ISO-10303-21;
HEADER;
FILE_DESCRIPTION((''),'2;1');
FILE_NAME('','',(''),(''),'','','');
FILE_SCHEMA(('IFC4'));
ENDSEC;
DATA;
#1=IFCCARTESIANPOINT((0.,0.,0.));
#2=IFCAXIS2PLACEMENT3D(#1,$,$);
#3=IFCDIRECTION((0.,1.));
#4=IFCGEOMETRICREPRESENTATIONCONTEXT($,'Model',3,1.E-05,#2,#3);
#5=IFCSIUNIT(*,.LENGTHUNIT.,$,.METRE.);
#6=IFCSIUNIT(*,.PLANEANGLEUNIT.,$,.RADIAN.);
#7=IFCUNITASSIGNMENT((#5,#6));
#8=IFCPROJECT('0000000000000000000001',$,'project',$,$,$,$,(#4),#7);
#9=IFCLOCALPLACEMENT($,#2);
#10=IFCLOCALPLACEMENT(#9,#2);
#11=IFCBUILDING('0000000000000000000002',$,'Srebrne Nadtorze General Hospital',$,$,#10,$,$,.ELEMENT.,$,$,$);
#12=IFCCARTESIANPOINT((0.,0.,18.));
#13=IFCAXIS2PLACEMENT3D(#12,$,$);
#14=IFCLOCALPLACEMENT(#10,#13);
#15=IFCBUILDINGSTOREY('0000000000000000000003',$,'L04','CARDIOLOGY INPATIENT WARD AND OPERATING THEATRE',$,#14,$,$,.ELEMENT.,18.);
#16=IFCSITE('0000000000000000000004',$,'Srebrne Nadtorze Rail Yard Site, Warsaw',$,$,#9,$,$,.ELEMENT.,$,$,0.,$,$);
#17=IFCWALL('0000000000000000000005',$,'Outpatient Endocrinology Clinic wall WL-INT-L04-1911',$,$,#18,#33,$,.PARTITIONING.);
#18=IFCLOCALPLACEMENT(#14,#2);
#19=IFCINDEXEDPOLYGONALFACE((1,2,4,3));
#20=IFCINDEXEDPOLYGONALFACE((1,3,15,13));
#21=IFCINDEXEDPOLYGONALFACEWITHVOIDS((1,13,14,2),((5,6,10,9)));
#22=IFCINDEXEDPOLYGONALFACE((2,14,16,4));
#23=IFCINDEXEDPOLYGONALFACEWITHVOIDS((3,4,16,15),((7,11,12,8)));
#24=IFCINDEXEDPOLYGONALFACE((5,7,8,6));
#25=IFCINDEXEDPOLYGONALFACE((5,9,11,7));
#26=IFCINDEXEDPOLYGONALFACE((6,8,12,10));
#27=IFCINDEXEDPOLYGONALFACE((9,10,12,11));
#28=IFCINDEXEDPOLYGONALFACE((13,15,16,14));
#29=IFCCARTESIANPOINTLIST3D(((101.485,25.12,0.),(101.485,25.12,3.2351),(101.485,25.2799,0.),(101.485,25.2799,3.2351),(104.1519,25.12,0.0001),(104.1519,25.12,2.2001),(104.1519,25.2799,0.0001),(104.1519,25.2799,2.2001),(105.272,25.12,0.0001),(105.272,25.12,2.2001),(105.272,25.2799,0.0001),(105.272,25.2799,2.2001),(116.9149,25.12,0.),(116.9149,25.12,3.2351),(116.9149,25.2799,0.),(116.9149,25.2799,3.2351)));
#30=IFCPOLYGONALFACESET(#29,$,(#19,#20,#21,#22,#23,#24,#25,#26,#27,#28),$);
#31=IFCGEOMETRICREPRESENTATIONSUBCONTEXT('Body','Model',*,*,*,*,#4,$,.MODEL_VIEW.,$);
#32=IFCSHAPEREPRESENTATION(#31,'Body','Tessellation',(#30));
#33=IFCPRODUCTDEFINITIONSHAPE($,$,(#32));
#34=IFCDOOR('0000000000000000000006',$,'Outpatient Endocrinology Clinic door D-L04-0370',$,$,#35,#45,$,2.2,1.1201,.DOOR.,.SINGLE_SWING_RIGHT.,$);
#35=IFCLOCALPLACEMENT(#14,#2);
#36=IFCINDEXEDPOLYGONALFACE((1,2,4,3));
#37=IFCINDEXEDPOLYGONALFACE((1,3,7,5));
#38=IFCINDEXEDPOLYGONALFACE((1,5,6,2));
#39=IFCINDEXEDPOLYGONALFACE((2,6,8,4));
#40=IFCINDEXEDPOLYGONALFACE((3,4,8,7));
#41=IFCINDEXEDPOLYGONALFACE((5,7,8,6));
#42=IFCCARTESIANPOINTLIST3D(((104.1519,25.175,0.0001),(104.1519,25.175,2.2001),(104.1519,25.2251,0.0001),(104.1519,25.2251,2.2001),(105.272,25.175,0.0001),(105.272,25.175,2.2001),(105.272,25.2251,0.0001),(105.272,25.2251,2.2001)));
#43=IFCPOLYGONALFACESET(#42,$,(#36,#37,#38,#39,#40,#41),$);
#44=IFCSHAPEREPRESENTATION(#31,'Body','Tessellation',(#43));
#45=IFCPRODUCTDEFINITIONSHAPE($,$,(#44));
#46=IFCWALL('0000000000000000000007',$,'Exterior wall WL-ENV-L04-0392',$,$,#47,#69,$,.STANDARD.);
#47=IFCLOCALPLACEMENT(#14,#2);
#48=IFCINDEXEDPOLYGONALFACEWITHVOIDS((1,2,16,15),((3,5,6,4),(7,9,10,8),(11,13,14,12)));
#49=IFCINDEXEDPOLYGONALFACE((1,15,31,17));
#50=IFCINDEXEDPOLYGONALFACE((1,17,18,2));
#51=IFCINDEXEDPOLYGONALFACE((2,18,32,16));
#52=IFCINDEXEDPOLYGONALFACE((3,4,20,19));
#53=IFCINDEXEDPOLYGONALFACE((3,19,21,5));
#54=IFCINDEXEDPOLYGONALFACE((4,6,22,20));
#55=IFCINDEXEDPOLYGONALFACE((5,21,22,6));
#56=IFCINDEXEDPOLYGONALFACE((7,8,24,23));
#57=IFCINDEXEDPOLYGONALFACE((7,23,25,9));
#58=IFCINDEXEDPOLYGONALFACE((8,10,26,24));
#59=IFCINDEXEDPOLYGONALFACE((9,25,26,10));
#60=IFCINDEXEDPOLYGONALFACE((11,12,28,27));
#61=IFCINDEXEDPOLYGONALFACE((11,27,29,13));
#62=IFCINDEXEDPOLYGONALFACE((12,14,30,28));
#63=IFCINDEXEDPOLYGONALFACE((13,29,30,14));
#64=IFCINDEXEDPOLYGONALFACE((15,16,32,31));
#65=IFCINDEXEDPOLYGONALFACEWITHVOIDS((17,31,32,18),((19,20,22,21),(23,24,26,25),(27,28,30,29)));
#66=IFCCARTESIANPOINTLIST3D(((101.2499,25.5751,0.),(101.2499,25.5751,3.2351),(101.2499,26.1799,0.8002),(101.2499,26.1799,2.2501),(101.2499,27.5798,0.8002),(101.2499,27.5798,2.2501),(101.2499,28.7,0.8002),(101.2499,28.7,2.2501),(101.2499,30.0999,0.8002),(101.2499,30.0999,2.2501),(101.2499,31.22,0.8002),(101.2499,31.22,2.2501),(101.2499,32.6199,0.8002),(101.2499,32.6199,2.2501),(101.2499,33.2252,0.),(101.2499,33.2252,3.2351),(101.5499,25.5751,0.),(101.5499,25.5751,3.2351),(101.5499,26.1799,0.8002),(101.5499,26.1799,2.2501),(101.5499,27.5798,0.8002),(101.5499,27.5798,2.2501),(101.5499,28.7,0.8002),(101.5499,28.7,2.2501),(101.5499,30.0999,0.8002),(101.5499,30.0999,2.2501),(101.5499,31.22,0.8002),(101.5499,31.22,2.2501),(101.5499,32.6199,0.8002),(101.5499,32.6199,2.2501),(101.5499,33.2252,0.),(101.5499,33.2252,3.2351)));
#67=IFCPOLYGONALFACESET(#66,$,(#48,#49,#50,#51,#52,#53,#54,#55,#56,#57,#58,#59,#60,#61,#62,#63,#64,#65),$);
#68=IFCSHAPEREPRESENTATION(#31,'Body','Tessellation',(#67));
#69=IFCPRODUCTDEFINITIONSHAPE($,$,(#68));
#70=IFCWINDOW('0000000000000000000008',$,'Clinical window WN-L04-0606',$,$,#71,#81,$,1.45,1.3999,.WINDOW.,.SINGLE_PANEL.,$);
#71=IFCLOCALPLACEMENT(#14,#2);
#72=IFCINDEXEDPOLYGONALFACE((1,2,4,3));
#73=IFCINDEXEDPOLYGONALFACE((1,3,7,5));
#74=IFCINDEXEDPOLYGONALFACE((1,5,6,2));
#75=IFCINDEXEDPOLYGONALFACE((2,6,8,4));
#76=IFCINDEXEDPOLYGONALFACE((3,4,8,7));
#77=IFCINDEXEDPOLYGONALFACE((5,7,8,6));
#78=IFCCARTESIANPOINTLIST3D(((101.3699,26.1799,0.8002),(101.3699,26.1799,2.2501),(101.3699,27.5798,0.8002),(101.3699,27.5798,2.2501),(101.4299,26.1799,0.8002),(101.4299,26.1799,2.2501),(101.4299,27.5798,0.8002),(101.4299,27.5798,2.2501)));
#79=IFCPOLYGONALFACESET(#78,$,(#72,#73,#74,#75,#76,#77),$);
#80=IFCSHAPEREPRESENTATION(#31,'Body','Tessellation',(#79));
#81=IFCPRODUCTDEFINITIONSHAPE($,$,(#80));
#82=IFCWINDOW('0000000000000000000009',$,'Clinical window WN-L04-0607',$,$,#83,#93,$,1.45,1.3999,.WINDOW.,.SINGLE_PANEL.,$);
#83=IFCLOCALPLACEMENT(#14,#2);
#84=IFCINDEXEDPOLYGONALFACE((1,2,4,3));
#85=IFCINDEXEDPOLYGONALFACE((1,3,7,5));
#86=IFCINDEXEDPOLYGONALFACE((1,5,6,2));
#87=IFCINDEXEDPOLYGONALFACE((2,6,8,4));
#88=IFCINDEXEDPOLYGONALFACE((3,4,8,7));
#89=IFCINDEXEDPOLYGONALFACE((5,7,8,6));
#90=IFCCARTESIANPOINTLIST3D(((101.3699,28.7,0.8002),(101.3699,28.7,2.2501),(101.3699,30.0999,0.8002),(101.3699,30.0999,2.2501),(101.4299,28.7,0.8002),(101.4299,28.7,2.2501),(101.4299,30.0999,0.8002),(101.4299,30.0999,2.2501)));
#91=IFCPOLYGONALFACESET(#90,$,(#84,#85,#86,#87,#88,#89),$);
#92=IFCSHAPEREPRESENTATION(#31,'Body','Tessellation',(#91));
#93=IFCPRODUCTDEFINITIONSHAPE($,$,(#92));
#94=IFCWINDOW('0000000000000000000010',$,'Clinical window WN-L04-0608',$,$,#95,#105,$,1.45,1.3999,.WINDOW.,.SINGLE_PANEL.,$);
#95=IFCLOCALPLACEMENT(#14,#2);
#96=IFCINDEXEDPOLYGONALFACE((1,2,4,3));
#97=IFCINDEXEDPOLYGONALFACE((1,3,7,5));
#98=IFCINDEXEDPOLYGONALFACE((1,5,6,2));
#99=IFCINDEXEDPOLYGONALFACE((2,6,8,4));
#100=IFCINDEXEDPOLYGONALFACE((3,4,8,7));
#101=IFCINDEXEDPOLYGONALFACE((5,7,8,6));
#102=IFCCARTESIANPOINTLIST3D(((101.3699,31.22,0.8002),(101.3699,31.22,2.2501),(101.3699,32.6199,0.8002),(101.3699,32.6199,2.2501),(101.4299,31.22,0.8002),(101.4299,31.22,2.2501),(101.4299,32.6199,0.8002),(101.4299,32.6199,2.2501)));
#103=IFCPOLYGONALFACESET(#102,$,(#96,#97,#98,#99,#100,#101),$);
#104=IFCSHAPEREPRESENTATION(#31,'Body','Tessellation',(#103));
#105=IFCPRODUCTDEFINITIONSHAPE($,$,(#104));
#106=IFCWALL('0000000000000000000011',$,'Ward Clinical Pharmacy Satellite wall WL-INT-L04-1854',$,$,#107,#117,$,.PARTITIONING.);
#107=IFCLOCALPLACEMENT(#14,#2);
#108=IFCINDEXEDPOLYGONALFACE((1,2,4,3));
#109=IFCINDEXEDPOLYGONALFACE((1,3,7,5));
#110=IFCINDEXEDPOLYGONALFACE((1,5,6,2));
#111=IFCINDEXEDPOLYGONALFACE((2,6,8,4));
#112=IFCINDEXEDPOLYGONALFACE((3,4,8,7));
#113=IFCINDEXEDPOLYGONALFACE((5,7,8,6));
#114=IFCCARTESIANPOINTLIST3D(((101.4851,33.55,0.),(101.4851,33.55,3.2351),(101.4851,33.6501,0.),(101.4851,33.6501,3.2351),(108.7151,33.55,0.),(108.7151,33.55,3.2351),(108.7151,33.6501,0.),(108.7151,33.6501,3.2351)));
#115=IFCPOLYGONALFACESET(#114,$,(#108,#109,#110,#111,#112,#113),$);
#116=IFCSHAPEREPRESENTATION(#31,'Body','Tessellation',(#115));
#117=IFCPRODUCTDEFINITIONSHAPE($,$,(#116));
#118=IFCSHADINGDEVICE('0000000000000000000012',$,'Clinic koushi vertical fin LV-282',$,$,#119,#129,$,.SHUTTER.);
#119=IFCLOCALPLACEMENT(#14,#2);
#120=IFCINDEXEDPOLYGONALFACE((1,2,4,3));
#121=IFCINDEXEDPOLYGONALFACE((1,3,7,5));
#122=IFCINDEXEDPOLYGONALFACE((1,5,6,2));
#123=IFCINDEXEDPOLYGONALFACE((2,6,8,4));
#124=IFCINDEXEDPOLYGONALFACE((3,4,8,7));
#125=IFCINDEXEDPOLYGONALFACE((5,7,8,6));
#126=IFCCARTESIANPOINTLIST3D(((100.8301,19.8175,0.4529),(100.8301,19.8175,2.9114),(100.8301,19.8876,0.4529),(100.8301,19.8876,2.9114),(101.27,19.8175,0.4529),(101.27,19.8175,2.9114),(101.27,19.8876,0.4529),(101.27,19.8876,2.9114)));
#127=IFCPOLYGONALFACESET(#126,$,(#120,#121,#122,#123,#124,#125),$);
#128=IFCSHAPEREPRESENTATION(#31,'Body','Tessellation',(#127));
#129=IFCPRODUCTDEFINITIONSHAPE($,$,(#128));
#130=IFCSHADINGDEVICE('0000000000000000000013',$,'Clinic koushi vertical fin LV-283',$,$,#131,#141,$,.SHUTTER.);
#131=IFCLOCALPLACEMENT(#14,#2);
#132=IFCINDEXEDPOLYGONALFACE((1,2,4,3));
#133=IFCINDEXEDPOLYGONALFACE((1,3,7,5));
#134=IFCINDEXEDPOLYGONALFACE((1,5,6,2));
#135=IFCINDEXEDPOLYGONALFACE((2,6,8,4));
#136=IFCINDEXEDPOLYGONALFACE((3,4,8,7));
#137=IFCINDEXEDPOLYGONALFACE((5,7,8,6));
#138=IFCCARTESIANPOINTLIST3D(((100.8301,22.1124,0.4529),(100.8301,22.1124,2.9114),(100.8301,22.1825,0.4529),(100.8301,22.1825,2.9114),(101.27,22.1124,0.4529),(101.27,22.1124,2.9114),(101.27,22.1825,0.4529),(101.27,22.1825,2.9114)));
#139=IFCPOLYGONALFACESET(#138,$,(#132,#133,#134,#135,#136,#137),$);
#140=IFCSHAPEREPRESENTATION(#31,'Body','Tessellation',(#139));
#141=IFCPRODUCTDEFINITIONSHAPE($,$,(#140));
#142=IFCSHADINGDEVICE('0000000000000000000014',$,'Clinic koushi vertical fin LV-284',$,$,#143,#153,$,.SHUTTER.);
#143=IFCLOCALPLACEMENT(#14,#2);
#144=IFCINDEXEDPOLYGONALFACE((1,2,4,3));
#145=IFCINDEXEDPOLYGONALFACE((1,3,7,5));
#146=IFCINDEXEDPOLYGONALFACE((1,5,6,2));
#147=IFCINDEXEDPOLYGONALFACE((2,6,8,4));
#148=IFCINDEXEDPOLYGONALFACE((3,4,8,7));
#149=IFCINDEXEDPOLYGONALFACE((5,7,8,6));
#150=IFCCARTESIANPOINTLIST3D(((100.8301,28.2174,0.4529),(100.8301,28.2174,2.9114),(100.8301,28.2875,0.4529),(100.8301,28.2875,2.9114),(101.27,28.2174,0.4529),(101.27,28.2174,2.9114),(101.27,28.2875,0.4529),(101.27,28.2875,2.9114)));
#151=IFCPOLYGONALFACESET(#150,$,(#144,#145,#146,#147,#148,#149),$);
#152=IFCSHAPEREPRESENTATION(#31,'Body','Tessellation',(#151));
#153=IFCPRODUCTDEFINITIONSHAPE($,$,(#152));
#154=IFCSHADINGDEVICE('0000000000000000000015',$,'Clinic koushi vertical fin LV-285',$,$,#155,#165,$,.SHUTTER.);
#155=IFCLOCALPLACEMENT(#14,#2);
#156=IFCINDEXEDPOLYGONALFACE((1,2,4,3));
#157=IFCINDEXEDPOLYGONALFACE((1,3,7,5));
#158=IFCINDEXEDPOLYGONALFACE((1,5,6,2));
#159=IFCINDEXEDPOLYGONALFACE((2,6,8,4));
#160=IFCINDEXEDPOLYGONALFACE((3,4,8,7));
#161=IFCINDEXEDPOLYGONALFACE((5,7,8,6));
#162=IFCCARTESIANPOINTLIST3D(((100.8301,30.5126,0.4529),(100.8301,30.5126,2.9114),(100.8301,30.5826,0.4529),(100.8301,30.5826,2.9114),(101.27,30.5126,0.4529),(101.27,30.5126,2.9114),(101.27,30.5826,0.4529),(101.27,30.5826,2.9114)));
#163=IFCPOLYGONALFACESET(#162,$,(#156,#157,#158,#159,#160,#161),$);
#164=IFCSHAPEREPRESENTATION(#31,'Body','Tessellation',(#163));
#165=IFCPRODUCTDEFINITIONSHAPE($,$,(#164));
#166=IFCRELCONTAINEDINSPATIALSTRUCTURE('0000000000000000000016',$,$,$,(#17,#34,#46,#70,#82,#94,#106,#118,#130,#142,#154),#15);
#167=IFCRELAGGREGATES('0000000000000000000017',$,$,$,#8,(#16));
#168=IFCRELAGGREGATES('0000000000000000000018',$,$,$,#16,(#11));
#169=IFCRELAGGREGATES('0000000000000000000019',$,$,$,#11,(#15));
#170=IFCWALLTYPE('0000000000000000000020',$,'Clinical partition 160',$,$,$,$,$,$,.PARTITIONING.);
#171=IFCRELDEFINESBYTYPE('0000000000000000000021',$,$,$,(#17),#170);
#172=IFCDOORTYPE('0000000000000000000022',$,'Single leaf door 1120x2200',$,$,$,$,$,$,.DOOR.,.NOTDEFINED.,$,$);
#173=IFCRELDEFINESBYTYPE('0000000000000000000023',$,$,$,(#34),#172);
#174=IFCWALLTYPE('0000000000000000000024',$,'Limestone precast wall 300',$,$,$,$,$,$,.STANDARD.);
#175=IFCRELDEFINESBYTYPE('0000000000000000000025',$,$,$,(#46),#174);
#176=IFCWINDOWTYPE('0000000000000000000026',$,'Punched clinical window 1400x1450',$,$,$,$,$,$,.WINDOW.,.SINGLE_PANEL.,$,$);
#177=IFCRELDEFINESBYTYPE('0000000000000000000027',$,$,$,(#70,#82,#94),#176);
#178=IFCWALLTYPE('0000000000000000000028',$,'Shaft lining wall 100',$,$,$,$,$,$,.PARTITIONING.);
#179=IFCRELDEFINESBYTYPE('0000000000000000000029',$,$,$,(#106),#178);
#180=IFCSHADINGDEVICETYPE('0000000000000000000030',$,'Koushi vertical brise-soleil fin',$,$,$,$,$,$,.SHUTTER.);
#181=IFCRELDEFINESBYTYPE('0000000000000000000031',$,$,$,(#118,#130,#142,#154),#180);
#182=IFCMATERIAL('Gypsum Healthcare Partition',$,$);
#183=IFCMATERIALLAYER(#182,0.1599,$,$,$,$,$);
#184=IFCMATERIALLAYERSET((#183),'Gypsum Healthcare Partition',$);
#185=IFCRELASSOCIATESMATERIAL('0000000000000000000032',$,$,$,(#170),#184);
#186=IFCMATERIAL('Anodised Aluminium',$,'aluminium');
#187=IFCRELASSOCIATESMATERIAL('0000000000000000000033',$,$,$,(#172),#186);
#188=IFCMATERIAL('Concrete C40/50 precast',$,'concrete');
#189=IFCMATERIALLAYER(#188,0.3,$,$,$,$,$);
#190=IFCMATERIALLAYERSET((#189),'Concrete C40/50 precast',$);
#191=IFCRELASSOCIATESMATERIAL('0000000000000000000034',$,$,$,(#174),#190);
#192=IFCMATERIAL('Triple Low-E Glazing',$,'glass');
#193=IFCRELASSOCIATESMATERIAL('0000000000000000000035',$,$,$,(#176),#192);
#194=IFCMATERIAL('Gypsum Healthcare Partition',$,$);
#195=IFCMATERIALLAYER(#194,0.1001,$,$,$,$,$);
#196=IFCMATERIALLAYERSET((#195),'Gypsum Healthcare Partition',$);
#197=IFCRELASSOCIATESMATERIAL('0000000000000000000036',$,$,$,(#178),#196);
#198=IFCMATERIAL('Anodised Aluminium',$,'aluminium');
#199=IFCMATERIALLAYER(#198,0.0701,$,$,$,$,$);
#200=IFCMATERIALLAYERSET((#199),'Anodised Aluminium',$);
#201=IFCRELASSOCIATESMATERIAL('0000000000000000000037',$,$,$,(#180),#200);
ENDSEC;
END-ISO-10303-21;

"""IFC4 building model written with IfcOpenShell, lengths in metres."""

from ifc_helpers import new_model, si_unit, direction, frame, frame_2d, origin, origin_2d, place, context, subcontext, project, spatial, rectangle, extrude, material, layer, layer_set, type_object, element, fill, save


model = new_model("IFC4")

# Units and contexts
model_context = context("Model", 3, precision=1e-05, world=origin(), true_north=direction((0.0, 1.0)))
body_context = subcontext(model_context, "Body", "Model", "MODEL_VIEW")
ifc_project = project(units=[si_unit("LENGTHUNIT", "METRE"), si_unit("PLANEANGLEUNIT", "RADIAN")], contexts=[model_context])

# Site, building, storey
site_placement = place(None, origin())
site = spatial("IfcSite", under=ifc_project, at=site_placement, Name="Srebrne Nadtorze Rail Yard Site, Warsaw", CompositionType="ELEMENT", RefElevation=0.0)
building_placement = place(site_placement, origin())
building = spatial("IfcBuilding", under=site, at=building_placement, Name="Srebrne Nadtorze General Hospital", CompositionType="ELEMENT")
storey_placement = place(building_placement, frame((0.0, 0.0, 18.0)))
storey = spatial("IfcBuildingStorey", under=building, at=storey_placement, Name="L04", Description="CARDIOLOGY INPATIENT WARD AND OPERATING THEATRE", CompositionType="ELEMENT", Elevation=18.0)

# Wall, opening, door
ifc_material_1 = material(Name="Gypsum Healthcare Partition")
ifc_layer_1 = layer(ifc_material_1, 0.1599)
ifc_layer_set_1 = layer_set([ifc_layer_1], Name="Gypsum Healthcare Partition")
wall_type_1 = type_object("IfcWallType", Name="Clinical partition 160", PredefinedType="PARTITIONING", material=ifc_layer_set_1)
wall_1_placement = place(storey_placement, frame((101.4851, 25.2, 0.0), z_axis=(0.0, 0.0, 1.0), x_axis=(1.0, 0.0, 0.0)))
wall_1 = element("IfcWall", 1, at=wall_1_placement, inside=storey, type_object=wall_type_1, Name="Outpatient Endocrinology Clinic wall WL-INT-L04-1911", PredefinedType="PARTITIONING", context=body_context, shape_type="SweptSolid", body=[
    extrude(rectangle(XDim=15.4299, YDim=0.1599, at=frame_2d((7.7148, 0.0))), origin(), (0.0, 0.0, 1.0), 3.2351),
])
opening_1_placement = place(wall_1_placement, frame((2.6667, 0.0, 0.0)))
opening_1 = element("IfcOpeningElement", 2, at=opening_1_placement, cuts=wall_1, PredefinedType="OPENING", context=body_context, shape_type="SweptSolid", body=[
    extrude(rectangle(XDim=1.1201, YDim=2.2, at=frame_2d((0.5601, 1.1001))), frame((0.0, 0.0918, 0.0), z_axis=(0.0, -1.0, 0.0), x_axis=(1.0, 0.0, 0.0)), (0.0, 0.0, 1.0), 0.1838),
])
ifc_material_2 = material(Name="Anodised Aluminium", Category="aluminium")
door_type = type_object("IfcDoorType", Name="Single leaf door 1120x2200", OperationType="NOTDEFINED", PredefinedType="DOOR", material=ifc_material_2)
door_placement = place(opening_1_placement, frame((1.1201, 0.0, 0.0), z_axis=(0.0, 0.0, 1.0), x_axis=(-1.0, 0.0, 0.0)))
door = element("IfcDoor", 3, at=door_placement, inside=storey, type_object=door_type, Name="Outpatient Endocrinology Clinic door D-L04-0370", OperationType="SINGLE_SWING_RIGHT", OverallHeight=2.2, OverallWidth=1.1201, PredefinedType="DOOR", context=body_context, shape_type="SweptSolid", body=[
    extrude(rectangle(XDim=1.1201, YDim=2.2, at=frame_2d((0.5601, 1.1001))), frame((0.0, 0.0249, 0.0), z_axis=(0.0, -1.0, 0.0), x_axis=(1.0, 0.0, 0.0)), (0.0, 0.0, 1.0), 0.05),
])
fill(opening_1, door)

# Wall, openings, windows
ifc_material_3 = material(Name="Concrete C40/50 precast", Category="concrete")
ifc_layer_2 = layer(ifc_material_3, 0.3)
ifc_layer_set_2 = layer_set([ifc_layer_2], Name="Concrete C40/50 precast")
wall_type_2 = type_object("IfcWallType", Name="Limestone precast wall 300", PredefinedType="STANDARD", material=ifc_layer_set_2)
wall_2_placement = place(storey_placement, frame((101.3999, 25.575, 0.0), z_axis=(0.0, 0.0, 1.0), x_axis=(0.0, 1.0, 0.0)))
wall_2 = element("IfcWall", 4, at=wall_2_placement, inside=storey, type_object=wall_type_2, Name="Exterior wall WL-ENV-L04-0392", PredefinedType="STANDARD", context=body_context, shape_type="SweptSolid", body=[
    extrude(rectangle(XDim=7.6501, YDim=0.3, at=frame_2d((3.8252, 0.0))), origin(), (0.0, 0.0, 1.0), 3.2351),
])
opening_2_placement = place(wall_2_placement, frame((0.605, 0.0, 0.8)))
opening_2 = element("IfcOpeningElement", 5, at=opening_2_placement, cuts=wall_2, PredefinedType="OPENING", context=body_context, shape_type="SweptSolid", body=[
    extrude(rectangle(XDim=1.3999, YDim=1.45, at=frame_2d((0.7, 0.7251))), frame((0.0, 0.1621, 0.0), z_axis=(0.0, -1.0, 0.0), x_axis=(1.0, 0.0, 0.0)), (0.0, 0.0, 1.0), 0.324),
])
opening_3_placement = place(wall_2_placement, frame((3.125, 0.0, 0.8)))
opening_3 = element("IfcOpeningElement", 6, at=opening_3_placement, cuts=wall_2, PredefinedType="OPENING", context=body_context, shape_type="SweptSolid", body=[
    extrude(rectangle(XDim=1.3999, YDim=1.45, at=frame_2d((0.7, 0.7251))), frame((0.0, 0.1621, 0.0), z_axis=(0.0, -1.0, 0.0), x_axis=(1.0, 0.0, 0.0)), (0.0, 0.0, 1.0), 0.324),
])
opening_4_placement = place(wall_2_placement, frame((5.645, 0.0, 0.8)))
opening_4 = element("IfcOpeningElement", 7, at=opening_4_placement, cuts=wall_2, PredefinedType="OPENING", context=body_context, shape_type="SweptSolid", body=[
    extrude(rectangle(XDim=1.3999, YDim=1.45, at=frame_2d((0.7, 0.7251))), frame((0.0, 0.1621, 0.0), z_axis=(0.0, -1.0, 0.0), x_axis=(1.0, 0.0, 0.0)), (0.0, 0.0, 1.0), 0.324),
])
ifc_material_4 = material(Name="Triple Low-E Glazing", Category="glass")
window_type = type_object("IfcWindowType", Name="Punched clinical window 1400x1450", PartitioningType="SINGLE_PANEL", PredefinedType="WINDOW", material=ifc_material_4)
window_1_placement = place(opening_2_placement, origin())
window_1 = element("IfcWindow", 8, at=window_1_placement, inside=storey, type_object=window_type, Name="Clinical window WN-L04-0606", OverallHeight=1.45, OverallWidth=1.3999, PartitioningType="SINGLE_PANEL", PredefinedType="WINDOW", context=body_context, shape_type="SweptSolid", body=[
    extrude(rectangle(XDim=1.3999, YDim=1.45, at=frame_2d((0.7, 0.7251))), frame((0.0, 0.03, 0.0), z_axis=(0.0, -1.0, 0.0), x_axis=(1.0, 0.0, 0.0)), (0.0, 0.0, 1.0), 0.0601),
])
fill(opening_2, window_1)
window_2_placement = place(opening_3_placement, origin())
window_2 = element("IfcWindow", 9, at=window_2_placement, inside=storey, type_object=window_type, Name="Clinical window WN-L04-0607", OverallHeight=1.45, OverallWidth=1.3999, PartitioningType="SINGLE_PANEL", PredefinedType="WINDOW", context=body_context, shape_type="SweptSolid", body=[
    extrude(rectangle(XDim=1.3999, YDim=1.45, at=frame_2d((0.7, 0.7251))), frame((0.0, 0.03, 0.0), z_axis=(0.0, -1.0, 0.0), x_axis=(1.0, 0.0, 0.0)), (0.0, 0.0, 1.0), 0.0601),
])
fill(opening_3, window_2)
window_3_placement = place(opening_4_placement, origin())
window_3 = element("IfcWindow", 10, at=window_3_placement, inside=storey, type_object=window_type, Name="Clinical window WN-L04-0608", OverallHeight=1.45, OverallWidth=1.3999, PartitioningType="SINGLE_PANEL", PredefinedType="WINDOW", context=body_context, shape_type="SweptSolid", body=[
    extrude(rectangle(XDim=1.3999, YDim=1.45, at=frame_2d((0.7, 0.7251))), frame((0.0, 0.03, 0.0), z_axis=(0.0, -1.0, 0.0), x_axis=(1.0, 0.0, 0.0)), (0.0, 0.0, 1.0), 0.0601),
])
fill(opening_4, window_3)

# Wall
ifc_material_5 = material(Name="Gypsum Healthcare Partition")
ifc_layer_3 = layer(ifc_material_5, 0.1001)
ifc_layer_set_3 = layer_set([ifc_layer_3], Name="Gypsum Healthcare Partition")
wall_type_3 = type_object("IfcWallType", Name="Shaft lining wall 100", PredefinedType="PARTITIONING", material=ifc_layer_set_3)
wall_3_placement = place(storey_placement, frame((101.4851, 33.6001, 0.0), z_axis=(0.0, 0.0, 1.0), x_axis=(1.0, 0.0, 0.0)))
element("IfcWall", 11, at=wall_3_placement, inside=storey, type_object=wall_type_3, Name="Ward Clinical Pharmacy Satellite wall WL-INT-L04-1854", PredefinedType="PARTITIONING", context=body_context, shape_type="SweptSolid", body=[
    extrude(rectangle(XDim=7.23, YDim=0.1001, at=frame_2d((3.615, 0.0))), origin(), (0.0, 0.0, 1.0), 3.2351),
])

# Shading devices
ifc_material_6 = material(Name="Anodised Aluminium", Category="aluminium")
ifc_layer_4 = layer(ifc_material_6, 0.0701)
ifc_layer_set_4 = layer_set([ifc_layer_4], Name="Anodised Aluminium")
shading_device_type = type_object("IfcShadingDeviceType", Name="Koushi vertical brise-soleil fin", PredefinedType="SHUTTER", material=ifc_layer_set_4)
for number, where, z_axis, x_axis, name in (
    (12, (101.05, 19.8525, 0.4529), (0.0, 0.0, 1.0), (1.0, 0.0, 0.0), "Clinic koushi vertical fin LV-282"),
    (13, (101.05, 22.1475, 0.4529), (0.0, 0.0, 1.0), (1.0, 0.0, 0.0), "Clinic koushi vertical fin LV-283"),
    (14, (101.05, 28.2524, 0.4529), (0.0, 0.0, 1.0), (1.0, 0.0, 0.0), "Clinic koushi vertical fin LV-284"),
    (15, (101.05, 30.5476, 0.4529), (0.0, 0.0, 1.0), (1.0, 0.0, 0.0), "Clinic koushi vertical fin LV-285"),
):
    element("IfcShadingDevice", number, at=place(storey_placement, frame(where, z_axis=z_axis, x_axis=x_axis)), inside=storey, type_object=shading_device_type, Name=name, PredefinedType="SHUTTER", context=body_context, shape_type="SweptSolid", body=[
        extrude(rectangle(XDim=0.4399, YDim=0.0701, at=origin_2d()), origin(), (0.0, 0.0, 1.0), 2.4585),
    ])

save(model, "model.ifc")
